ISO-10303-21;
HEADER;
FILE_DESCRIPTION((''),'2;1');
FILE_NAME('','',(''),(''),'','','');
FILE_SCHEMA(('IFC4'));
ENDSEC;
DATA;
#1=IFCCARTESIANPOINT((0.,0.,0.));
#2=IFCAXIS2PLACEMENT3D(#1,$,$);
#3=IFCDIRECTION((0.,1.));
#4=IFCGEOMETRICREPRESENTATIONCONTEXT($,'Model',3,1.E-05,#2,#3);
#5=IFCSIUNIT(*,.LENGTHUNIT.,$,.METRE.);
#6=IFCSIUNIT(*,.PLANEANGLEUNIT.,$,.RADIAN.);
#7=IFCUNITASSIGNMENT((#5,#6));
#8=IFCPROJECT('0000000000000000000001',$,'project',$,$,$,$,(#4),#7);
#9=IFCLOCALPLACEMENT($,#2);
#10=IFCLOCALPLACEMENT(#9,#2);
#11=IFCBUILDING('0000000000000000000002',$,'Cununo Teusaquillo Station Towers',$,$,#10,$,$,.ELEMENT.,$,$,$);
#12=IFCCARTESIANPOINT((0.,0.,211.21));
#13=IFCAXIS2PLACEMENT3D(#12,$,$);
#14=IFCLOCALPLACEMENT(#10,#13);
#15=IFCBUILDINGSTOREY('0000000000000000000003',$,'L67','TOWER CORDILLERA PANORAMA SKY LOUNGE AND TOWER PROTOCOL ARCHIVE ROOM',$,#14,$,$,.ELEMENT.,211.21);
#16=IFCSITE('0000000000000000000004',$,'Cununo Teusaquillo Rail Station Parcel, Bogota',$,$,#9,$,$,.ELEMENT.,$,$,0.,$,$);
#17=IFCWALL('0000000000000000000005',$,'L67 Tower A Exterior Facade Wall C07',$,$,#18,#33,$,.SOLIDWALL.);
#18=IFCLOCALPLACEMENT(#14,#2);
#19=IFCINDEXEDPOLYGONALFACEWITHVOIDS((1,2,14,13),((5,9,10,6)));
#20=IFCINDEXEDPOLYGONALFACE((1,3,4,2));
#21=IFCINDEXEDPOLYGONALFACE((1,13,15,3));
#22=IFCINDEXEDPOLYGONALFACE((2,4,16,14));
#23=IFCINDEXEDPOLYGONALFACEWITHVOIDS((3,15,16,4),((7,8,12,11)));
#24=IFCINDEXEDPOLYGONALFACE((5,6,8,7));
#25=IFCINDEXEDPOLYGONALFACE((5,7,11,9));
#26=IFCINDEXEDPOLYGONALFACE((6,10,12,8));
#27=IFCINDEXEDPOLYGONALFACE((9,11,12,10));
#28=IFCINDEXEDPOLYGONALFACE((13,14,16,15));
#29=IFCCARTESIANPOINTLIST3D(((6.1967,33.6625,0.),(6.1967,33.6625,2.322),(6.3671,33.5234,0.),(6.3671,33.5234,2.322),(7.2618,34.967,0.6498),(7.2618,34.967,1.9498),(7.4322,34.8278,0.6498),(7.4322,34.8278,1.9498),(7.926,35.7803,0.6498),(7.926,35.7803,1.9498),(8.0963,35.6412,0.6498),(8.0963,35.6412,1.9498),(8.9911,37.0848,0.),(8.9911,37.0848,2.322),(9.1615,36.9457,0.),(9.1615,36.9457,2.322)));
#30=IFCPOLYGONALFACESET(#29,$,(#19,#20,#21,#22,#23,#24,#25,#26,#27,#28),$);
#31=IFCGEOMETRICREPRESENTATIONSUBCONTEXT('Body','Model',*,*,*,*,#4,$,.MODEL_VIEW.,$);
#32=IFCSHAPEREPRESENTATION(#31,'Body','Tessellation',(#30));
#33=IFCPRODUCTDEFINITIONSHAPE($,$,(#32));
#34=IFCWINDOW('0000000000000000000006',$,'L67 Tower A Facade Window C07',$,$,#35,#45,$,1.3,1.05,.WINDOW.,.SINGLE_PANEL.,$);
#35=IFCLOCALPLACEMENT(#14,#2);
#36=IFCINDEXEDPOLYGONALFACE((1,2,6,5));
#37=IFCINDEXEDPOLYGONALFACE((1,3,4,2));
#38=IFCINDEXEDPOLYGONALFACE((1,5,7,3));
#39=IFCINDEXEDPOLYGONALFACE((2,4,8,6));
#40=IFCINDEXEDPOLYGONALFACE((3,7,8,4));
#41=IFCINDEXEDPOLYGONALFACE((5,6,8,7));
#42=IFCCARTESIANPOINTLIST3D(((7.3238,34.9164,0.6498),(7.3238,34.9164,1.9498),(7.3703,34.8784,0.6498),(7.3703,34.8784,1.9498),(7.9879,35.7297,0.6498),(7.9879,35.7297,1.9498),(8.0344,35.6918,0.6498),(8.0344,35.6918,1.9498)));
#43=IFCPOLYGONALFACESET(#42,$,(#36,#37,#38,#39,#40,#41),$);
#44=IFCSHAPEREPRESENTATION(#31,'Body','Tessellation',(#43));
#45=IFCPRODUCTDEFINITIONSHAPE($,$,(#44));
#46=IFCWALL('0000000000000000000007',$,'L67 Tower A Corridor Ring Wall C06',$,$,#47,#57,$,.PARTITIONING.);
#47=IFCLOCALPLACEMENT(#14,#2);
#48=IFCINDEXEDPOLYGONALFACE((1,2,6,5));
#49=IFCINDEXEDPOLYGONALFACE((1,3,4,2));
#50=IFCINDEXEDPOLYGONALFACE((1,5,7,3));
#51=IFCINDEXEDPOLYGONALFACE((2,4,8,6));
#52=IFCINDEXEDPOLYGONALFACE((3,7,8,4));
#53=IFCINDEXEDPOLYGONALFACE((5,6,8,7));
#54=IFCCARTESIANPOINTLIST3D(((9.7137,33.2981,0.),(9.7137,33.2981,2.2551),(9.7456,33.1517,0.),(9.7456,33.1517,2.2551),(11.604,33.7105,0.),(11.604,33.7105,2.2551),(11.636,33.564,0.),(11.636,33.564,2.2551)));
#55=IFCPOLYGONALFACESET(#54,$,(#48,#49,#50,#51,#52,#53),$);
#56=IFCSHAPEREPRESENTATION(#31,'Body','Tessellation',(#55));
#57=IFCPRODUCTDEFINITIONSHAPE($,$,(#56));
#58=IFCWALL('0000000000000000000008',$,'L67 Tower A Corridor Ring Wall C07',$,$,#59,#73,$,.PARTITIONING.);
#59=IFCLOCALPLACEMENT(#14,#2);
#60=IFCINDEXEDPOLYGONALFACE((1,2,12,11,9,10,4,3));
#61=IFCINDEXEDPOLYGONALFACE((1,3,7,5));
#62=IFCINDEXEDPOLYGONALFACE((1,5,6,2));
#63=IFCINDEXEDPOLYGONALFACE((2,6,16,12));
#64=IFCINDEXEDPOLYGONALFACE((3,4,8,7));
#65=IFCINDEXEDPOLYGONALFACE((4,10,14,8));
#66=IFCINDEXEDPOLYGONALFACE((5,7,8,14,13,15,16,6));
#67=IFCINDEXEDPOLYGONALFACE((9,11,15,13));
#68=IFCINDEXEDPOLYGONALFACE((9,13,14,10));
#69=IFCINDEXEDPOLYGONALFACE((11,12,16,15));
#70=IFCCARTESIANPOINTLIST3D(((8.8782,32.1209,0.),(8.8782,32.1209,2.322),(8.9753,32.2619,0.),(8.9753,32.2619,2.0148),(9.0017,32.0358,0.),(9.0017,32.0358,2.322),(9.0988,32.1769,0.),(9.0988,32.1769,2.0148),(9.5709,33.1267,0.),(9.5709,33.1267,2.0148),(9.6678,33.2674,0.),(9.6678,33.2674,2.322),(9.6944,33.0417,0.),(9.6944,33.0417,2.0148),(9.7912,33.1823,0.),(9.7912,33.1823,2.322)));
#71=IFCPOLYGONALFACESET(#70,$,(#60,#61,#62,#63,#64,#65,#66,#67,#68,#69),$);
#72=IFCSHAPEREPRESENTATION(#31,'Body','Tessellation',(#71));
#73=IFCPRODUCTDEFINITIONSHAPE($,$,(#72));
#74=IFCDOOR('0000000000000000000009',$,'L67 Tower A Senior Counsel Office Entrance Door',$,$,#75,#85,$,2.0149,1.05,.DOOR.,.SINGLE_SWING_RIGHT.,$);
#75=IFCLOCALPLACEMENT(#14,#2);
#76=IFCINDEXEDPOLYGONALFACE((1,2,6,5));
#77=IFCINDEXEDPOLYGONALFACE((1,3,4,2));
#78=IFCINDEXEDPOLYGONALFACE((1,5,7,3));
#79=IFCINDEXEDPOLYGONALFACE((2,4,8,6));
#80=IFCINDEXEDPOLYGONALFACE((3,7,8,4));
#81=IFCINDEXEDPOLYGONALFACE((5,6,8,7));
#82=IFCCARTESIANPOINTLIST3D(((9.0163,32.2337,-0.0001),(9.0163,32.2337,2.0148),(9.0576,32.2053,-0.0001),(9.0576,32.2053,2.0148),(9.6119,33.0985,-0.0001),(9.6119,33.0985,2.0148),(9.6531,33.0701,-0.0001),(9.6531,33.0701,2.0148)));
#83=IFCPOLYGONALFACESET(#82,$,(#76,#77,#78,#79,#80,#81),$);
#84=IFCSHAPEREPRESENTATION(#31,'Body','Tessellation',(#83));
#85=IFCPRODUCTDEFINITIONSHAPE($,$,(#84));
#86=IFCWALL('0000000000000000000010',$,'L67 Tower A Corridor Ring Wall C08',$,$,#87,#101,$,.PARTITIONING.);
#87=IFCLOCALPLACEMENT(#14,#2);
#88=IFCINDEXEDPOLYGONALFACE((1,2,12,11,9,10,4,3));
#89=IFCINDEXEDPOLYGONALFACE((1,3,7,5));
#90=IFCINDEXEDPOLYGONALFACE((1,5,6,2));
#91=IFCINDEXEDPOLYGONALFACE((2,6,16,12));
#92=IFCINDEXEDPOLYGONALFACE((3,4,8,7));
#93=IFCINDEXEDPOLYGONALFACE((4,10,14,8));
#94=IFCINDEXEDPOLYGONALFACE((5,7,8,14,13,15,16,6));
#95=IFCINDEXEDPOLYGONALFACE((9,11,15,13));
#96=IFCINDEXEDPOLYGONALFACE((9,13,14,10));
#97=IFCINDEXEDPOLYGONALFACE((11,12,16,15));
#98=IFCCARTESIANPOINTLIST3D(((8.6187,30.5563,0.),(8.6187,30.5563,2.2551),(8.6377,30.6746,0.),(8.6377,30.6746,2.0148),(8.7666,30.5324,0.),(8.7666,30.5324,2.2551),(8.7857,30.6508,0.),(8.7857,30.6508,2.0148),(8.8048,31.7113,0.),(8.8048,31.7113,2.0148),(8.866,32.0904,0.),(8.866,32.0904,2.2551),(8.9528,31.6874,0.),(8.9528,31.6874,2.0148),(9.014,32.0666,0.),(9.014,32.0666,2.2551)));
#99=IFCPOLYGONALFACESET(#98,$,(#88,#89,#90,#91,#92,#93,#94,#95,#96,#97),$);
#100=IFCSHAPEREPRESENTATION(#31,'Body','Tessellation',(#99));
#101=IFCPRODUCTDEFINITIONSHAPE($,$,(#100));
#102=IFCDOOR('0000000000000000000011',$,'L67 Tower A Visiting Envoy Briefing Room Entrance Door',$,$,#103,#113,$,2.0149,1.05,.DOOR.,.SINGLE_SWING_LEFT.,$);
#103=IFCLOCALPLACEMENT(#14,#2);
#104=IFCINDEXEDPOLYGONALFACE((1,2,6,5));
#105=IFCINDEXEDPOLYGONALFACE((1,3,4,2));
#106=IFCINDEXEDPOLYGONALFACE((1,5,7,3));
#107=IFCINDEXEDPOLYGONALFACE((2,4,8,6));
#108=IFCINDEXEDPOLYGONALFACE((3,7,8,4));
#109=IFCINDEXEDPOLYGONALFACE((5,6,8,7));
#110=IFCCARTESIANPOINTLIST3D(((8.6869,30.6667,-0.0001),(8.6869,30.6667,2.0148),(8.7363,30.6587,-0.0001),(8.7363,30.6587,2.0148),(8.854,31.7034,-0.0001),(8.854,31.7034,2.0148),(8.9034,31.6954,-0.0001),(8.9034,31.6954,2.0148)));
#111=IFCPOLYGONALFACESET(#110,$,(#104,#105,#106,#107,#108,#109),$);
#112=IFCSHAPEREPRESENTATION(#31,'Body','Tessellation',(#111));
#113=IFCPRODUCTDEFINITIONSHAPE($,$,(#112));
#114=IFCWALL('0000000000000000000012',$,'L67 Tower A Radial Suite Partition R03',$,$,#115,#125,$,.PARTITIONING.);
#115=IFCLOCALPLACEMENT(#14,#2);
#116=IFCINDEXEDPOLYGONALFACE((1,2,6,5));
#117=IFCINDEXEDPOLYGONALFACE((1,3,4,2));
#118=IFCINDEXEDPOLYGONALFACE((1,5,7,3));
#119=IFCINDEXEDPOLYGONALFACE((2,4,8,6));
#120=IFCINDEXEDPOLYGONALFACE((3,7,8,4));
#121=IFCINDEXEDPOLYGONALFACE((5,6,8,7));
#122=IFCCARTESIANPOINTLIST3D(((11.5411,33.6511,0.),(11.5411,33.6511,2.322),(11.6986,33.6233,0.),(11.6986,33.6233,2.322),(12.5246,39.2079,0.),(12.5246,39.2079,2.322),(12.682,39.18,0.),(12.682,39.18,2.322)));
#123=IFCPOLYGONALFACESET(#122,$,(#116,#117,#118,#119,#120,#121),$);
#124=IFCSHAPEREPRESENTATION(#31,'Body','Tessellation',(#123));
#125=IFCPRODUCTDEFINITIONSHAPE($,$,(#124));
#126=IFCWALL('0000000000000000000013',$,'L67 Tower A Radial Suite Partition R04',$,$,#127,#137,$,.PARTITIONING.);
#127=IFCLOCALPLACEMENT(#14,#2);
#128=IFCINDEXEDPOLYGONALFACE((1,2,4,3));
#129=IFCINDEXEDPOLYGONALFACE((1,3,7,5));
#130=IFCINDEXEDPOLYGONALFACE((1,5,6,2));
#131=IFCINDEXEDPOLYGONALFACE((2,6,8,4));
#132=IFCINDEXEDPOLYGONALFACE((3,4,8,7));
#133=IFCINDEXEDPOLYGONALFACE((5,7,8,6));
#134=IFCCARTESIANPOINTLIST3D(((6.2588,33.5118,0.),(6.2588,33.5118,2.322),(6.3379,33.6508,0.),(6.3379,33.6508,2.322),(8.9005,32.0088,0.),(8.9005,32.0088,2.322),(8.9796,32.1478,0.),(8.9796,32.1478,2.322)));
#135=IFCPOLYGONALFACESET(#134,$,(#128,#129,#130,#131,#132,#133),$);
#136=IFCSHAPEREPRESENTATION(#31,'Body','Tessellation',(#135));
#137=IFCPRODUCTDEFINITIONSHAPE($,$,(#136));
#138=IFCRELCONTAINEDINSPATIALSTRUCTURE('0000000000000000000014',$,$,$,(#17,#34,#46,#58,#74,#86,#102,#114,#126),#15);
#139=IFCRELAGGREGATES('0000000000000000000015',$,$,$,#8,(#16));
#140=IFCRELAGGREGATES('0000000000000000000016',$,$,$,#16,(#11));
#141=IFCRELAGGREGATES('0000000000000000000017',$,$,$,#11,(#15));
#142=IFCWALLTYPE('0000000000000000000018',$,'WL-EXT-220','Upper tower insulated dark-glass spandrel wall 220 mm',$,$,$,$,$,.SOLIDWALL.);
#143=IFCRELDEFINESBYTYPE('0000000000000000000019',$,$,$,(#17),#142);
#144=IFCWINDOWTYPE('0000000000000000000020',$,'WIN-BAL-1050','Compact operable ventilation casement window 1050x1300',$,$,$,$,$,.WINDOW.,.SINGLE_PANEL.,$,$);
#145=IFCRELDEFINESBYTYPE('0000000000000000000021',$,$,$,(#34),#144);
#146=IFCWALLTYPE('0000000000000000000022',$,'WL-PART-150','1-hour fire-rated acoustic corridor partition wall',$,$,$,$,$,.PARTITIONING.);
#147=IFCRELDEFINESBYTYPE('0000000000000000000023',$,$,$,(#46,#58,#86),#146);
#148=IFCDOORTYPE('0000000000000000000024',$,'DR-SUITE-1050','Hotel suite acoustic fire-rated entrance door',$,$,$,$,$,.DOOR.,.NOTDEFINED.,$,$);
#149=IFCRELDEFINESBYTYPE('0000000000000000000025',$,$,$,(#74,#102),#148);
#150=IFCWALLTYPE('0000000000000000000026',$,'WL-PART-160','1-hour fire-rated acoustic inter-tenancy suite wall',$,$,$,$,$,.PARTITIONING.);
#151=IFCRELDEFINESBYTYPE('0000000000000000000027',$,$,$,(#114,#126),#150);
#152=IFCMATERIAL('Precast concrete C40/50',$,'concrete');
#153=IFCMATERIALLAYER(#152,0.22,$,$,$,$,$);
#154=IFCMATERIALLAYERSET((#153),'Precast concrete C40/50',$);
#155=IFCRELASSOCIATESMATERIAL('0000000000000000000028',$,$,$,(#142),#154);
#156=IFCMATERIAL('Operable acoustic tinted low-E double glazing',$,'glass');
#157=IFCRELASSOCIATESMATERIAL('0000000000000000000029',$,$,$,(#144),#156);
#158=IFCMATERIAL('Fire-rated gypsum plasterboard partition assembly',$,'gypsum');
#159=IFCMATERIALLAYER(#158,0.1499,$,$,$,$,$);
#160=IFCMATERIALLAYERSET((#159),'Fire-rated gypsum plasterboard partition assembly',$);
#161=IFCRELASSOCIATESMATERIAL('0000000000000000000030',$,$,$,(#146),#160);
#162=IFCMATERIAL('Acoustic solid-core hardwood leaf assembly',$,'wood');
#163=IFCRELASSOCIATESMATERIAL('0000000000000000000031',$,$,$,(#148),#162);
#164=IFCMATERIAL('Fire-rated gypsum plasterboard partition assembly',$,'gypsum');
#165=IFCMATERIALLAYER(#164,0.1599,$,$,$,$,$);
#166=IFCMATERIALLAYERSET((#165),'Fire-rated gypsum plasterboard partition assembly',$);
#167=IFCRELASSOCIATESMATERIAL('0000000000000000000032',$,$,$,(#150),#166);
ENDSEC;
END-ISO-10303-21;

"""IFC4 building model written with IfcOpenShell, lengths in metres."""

from ifc_helpers import new_model, si_unit, direction, frame, frame_2d, origin, place, context, subcontext, project, spatial, rectangle, extrude, source, transform, mapped, material, layer, layer_set, type_object, element, fill, save


model = new_model("IFC4")

# Units and contexts
model_context = context("Model", 3, precision=1e-05, world=origin(), true_north=direction((0.0, 1.0)))
body_context = subcontext(model_context, "Body", "Model", "MODEL_VIEW")
ifc_project = project(units=[si_unit("LENGTHUNIT", "METRE"), si_unit("PLANEANGLEUNIT", "RADIAN")], contexts=[model_context])

# Site, building, storey
site_placement = place(None, origin())
site = spatial("IfcSite", under=ifc_project, at=site_placement, Name="Cununo Teusaquillo Rail Station Parcel, Bogota", CompositionType="ELEMENT", RefElevation=0.0)
building_placement = place(site_placement, origin())
building = spatial("IfcBuilding", under=site, at=building_placement, Name="Cununo Teusaquillo Station Towers", CompositionType="ELEMENT")
storey_placement = place(building_placement, frame((0.0, 0.0, 211.21)))
storey = spatial("IfcBuildingStorey", under=building, at=storey_placement, Name="L67", Description="TOWER CORDILLERA PANORAMA SKY LOUNGE AND TOWER PROTOCOL ARCHIVE ROOM", CompositionType="ELEMENT", Elevation=211.21)

# Shared definitions
ifc_material_1 = material(Name="Precast concrete C40/50", Category="concrete")
ifc_layer_1 = layer(ifc_material_1, 0.22)
ifc_layer_set_1 = layer_set([ifc_layer_1], Name="Precast concrete C40/50")
wall_type_1 = type_object("IfcWallType", Name="WL-EXT-220", Description="Upper tower insulated dark-glass spandrel wall 220 mm", PredefinedType="SOLIDWALL", material=ifc_layer_set_1)
shared_shape_1 = source(origin(), body_context, "Body", "SweptSolid", [
    extrude(rectangle(XDim=1.05, YDim=1.3, at=frame_2d((0.5249, 0.6499))), frame((0.0, 0.1199, 0.0), z_axis=(0.0, -1.0, 0.0), x_axis=(1.0, 0.0, 0.0)), (0.0, 0.0, 1.0), 0.24),
])
ifc_material_2 = material(Name="Operable acoustic tinted low-E double glazing", Category="glass")
window_type = type_object("IfcWindowType", Name="WIN-BAL-1050", Description="Compact operable ventilation casement window 1050x1300", PartitioningType="SINGLE_PANEL", PredefinedType="WINDOW", material=ifc_material_2)
shared_shape_2 = source(origin(), body_context, "Body", "SweptSolid", [
    extrude(rectangle(XDim=1.05, YDim=1.3, at=frame_2d((0.5249, 0.6499))), frame((0.0, 0.03, 0.0), z_axis=(0.0, -1.0, 0.0), x_axis=(1.0, 0.0, 0.0)), (0.0, 0.0, 1.0), 0.0601),
])

# Wall, opening, window
wall_1_placement = place(storey_placement, frame((6.282, 33.593, 0.0), z_axis=(0.0, 0.0, 1.0), x_axis=(0.632467, 0.774587, 0.0)))
wall_1 = element("IfcWall", 1, at=wall_1_placement, inside=storey, type_object=wall_type_1, Name="L67 Tower A Exterior Facade Wall C07", PredefinedType="SOLIDWALL", context=body_context, shape_type="SweptSolid", body=[
    extrude(rectangle(XDim=4.4182, YDim=0.22, at=frame_2d((2.209, 0.0))), origin(), (0.0, 0.0, 1.0), 2.322),
])
opening_1_placement = place(wall_1_placement, frame((1.6841, 0.0, 0.6499)))
opening_1 = element("IfcOpeningElement", 2, at=opening_1_placement, cuts=wall_1, PredefinedType="OPENING", context=body_context, shape_type="MappedRepresentation", body=[
    mapped(shared_shape_1, transform((0.0, 0.0, 0.0), x_axis=(1.0, 0.0, 0.0), y_axis=(0.0, 1.0, 0.0), z_axis=(0.0, 0.0, 1.0), scale=1.0)),
])
window_1_placement = place(opening_1_placement, origin())
window_1 = element("IfcWindow", 3, at=window_1_placement, inside=storey, type_object=window_type, Name="L67 Tower A Facade Window C07", OverallHeight=1.3, OverallWidth=1.05, PartitioningType="SINGLE_PANEL", PredefinedType="WINDOW", context=body_context, shape_type="MappedRepresentation", body=[
    mapped(shared_shape_2, transform((0.0, 0.0, 0.0), x_axis=(1.0, 0.0, 0.0), y_axis=(0.0, 1.0, 0.0), z_axis=(0.0, 0.0, 1.0), scale=1.0)),
])
fill(opening_1, window_1)

# Wall
ifc_material_3 = material(Name="Fire-rated gypsum plasterboard partition assembly", Category="gypsum")
ifc_layer_2 = layer(ifc_material_3, 0.1499)
ifc_layer_set_2 = layer_set([ifc_layer_2], Name="Fire-rated gypsum plasterboard partition assembly")
wall_type_2 = type_object("IfcWallType", Name="WL-PART-150", Description="1-hour fire-rated acoustic corridor partition wall", PredefinedType="PARTITIONING", material=ifc_layer_set_2)
wall_2_placement = place(storey_placement, frame((11.6199, 33.6372, 0.0), z_axis=(0.0, 0.0, 1.0), x_axis=(-0.977026, -0.213121, 0.0)))
element("IfcWall", 4, at=wall_2_placement, inside=storey, type_object=wall_type_2, Name="L67 Tower A Corridor Ring Wall C06", PredefinedType="PARTITIONING", context=body_context, shape_type="SweptSolid", body=[
    extrude(rectangle(XDim=1.9348, YDim=0.1499, at=frame_2d((0.9673, 0.0))), origin(), (0.0, 0.0, 1.0), 2.2551),
])

# Walls, openings, doors
wall_3_placement = place(storey_placement, frame((9.7295, 33.2249, 0.0), z_axis=(0.0, 0.0, 1.0), x_axis=(-0.567184, -0.823591, 0.0)))
wall_3 = element("IfcWall", 5, at=wall_3_placement, inside=storey, type_object=wall_type_2, Name="L67 Tower A Corridor Ring Wall C07", PredefinedType="PARTITIONING", context=body_context, shape_type="SweptSolid", body=[
    extrude(rectangle(XDim=1.3921, YDim=0.1499, at=frame_2d((0.696, 0.0))), origin(), (0.0, 0.0, 1.0), 2.322),
])
shared_shape_3 = source(origin(), body_context, "Body", "SweptSolid", [
    extrude(rectangle(XDim=1.05, YDim=2.0149, at=frame_2d((0.5249, 1.0073))), frame((0.0, 0.085, 0.0), z_axis=(0.0, -1.0, 0.0), x_axis=(1.0, 0.0, 0.0)), (0.0, 0.0, 1.0), 0.1699),
])
opening_2_placement = place(wall_3_placement, frame((0.1709, 0.0, 0.0)))
opening_2 = element("IfcOpeningElement", 6, at=opening_2_placement, cuts=wall_3, PredefinedType="OPENING", context=body_context, shape_type="MappedRepresentation", body=[
    mapped(shared_shape_3, transform((0.0, 0.0, 0.0), x_axis=(1.0, 0.0, 0.0), y_axis=(0.0, 1.0, 0.0), z_axis=(0.0, 0.0, 1.0), scale=1.0)),
])
ifc_material_4 = material(Name="Acoustic solid-core hardwood leaf assembly", Category="wood")
door_type = type_object("IfcDoorType", Name="DR-SUITE-1050", Description="Hotel suite acoustic fire-rated entrance door", OperationType="NOTDEFINED", PredefinedType="DOOR", material=ifc_material_4)
shared_shape_4 = source(origin(), body_context, "Body", "SweptSolid", [
    extrude(rectangle(XDim=1.05, YDim=2.0149, at=frame_2d((0.5249, 1.0073))), frame((0.0, 0.0249, 0.0), z_axis=(0.0, -1.0, 0.0), x_axis=(1.0, 0.0, 0.0)), (0.0, 0.0, 1.0), 0.05),
])
door_1_placement = place(opening_2_placement, origin())
door_1 = element("IfcDoor", 7, at=door_1_placement, inside=storey, type_object=door_type, Name="L67 Tower A Senior Counsel Office Entrance Door", OperationType="SINGLE_SWING_RIGHT", OverallHeight=2.0149, OverallWidth=1.05, PredefinedType="DOOR", context=body_context, shape_type="MappedRepresentation", body=[
    mapped(shared_shape_4, transform((0.0, 0.0, 0.0), x_axis=(1.0, 0.0, 0.0), y_axis=(0.0, 1.0, 0.0), z_axis=(0.0, 0.0, 1.0), scale=1.0)),
])
fill(opening_2, door_1)
wall_4_placement = place(storey_placement, frame((8.9399, 32.0784, 0.0), z_axis=(0.0, 0.0, 1.0), x_axis=(-0.159148, -0.987255, 0.0)))
wall_4 = element("IfcWall", 8, at=wall_4_placement, inside=storey, type_object=wall_type_2, Name="L67 Tower A Corridor Ring Wall C08", PredefinedType="PARTITIONING", context=body_context, shape_type="SweptSolid", body=[
    extrude(rectangle(XDim=1.554, YDim=0.1499, at=frame_2d((0.7769, 0.0))), origin(), (0.0, 0.0, 1.0), 2.2551),
])
opening_3_placement = place(wall_4_placement, frame((0.384, 0.0, 0.0)))
opening_3 = element("IfcOpeningElement", 9, at=opening_3_placement, cuts=wall_4, PredefinedType="OPENING", context=body_context, shape_type="MappedRepresentation", body=[
    mapped(shared_shape_3, transform((0.0, 0.0, 0.0), x_axis=(1.0, 0.0, 0.0), y_axis=(0.0, 1.0, 0.0), z_axis=(0.0, 0.0, 1.0), scale=1.0)),
])
door_2_placement = place(opening_3_placement, origin())
door_2 = element("IfcDoor", 10, at=door_2_placement, inside=storey, type_object=door_type, Name="L67 Tower A Visiting Envoy Briefing Room Entrance Door", OperationType="SINGLE_SWING_LEFT", OverallHeight=2.0149, OverallWidth=1.05, PredefinedType="DOOR", context=body_context, shape_type="MappedRepresentation", body=[
    mapped(shared_shape_4, transform((0.0, 0.0, 0.0), x_axis=(1.0, 0.0, 0.0), y_axis=(0.0, 1.0, 0.0), z_axis=(0.0, 0.0, 1.0), scale=1.0)),
])
fill(opening_3, door_2)

# Walls
ifc_material_5 = material(Name="Fire-rated gypsum plasterboard partition assembly", Category="gypsum")
ifc_layer_3 = layer(ifc_material_5, 0.1599)
ifc_layer_set_3 = layer_set([ifc_layer_3], Name="Fire-rated gypsum plasterboard partition assembly")
wall_type_3 = type_object("IfcWallType", Name="WL-PART-160", Description="1-hour fire-rated acoustic inter-tenancy suite wall", PredefinedType="PARTITIONING", material=ifc_layer_set_3)
wall_5_placement = place(storey_placement, frame((11.6199, 33.6372, 0.0), z_axis=(0.0, 0.0, 1.0), x_axis=(0.174269, 0.984698, 0.0)))
element("IfcWall", 11, at=wall_5_placement, inside=storey, type_object=wall_type_3, Name="L67 Tower A Radial Suite Partition R03", PredefinedType="PARTITIONING", context=body_context, shape_type="SweptSolid", body=[
    extrude(rectangle(XDim=5.6431, YDim=0.1599, at=frame_2d((2.8215, 0.0))), origin(), (0.0, 0.0, 1.0), 2.322),
])
wall_6_placement = place(storey_placement, frame((8.9399, 32.0784, 0.0), z_axis=(0.0, 0.0, 1.0), x_axis=(-0.869171, 0.494512, 0.0)))
element("IfcWall", 12, at=wall_6_placement, inside=storey, type_object=wall_type_3, Name="L67 Tower A Radial Suite Partition R04", PredefinedType="PARTITIONING", context=body_context, shape_type="SweptSolid", body=[
    extrude(rectangle(XDim=3.0393, YDim=0.1599, at=frame_2d((1.5195, 0.0))), origin(), (0.0, 0.0, 1.0), 2.322),
])

save(model, "model.ifc")
